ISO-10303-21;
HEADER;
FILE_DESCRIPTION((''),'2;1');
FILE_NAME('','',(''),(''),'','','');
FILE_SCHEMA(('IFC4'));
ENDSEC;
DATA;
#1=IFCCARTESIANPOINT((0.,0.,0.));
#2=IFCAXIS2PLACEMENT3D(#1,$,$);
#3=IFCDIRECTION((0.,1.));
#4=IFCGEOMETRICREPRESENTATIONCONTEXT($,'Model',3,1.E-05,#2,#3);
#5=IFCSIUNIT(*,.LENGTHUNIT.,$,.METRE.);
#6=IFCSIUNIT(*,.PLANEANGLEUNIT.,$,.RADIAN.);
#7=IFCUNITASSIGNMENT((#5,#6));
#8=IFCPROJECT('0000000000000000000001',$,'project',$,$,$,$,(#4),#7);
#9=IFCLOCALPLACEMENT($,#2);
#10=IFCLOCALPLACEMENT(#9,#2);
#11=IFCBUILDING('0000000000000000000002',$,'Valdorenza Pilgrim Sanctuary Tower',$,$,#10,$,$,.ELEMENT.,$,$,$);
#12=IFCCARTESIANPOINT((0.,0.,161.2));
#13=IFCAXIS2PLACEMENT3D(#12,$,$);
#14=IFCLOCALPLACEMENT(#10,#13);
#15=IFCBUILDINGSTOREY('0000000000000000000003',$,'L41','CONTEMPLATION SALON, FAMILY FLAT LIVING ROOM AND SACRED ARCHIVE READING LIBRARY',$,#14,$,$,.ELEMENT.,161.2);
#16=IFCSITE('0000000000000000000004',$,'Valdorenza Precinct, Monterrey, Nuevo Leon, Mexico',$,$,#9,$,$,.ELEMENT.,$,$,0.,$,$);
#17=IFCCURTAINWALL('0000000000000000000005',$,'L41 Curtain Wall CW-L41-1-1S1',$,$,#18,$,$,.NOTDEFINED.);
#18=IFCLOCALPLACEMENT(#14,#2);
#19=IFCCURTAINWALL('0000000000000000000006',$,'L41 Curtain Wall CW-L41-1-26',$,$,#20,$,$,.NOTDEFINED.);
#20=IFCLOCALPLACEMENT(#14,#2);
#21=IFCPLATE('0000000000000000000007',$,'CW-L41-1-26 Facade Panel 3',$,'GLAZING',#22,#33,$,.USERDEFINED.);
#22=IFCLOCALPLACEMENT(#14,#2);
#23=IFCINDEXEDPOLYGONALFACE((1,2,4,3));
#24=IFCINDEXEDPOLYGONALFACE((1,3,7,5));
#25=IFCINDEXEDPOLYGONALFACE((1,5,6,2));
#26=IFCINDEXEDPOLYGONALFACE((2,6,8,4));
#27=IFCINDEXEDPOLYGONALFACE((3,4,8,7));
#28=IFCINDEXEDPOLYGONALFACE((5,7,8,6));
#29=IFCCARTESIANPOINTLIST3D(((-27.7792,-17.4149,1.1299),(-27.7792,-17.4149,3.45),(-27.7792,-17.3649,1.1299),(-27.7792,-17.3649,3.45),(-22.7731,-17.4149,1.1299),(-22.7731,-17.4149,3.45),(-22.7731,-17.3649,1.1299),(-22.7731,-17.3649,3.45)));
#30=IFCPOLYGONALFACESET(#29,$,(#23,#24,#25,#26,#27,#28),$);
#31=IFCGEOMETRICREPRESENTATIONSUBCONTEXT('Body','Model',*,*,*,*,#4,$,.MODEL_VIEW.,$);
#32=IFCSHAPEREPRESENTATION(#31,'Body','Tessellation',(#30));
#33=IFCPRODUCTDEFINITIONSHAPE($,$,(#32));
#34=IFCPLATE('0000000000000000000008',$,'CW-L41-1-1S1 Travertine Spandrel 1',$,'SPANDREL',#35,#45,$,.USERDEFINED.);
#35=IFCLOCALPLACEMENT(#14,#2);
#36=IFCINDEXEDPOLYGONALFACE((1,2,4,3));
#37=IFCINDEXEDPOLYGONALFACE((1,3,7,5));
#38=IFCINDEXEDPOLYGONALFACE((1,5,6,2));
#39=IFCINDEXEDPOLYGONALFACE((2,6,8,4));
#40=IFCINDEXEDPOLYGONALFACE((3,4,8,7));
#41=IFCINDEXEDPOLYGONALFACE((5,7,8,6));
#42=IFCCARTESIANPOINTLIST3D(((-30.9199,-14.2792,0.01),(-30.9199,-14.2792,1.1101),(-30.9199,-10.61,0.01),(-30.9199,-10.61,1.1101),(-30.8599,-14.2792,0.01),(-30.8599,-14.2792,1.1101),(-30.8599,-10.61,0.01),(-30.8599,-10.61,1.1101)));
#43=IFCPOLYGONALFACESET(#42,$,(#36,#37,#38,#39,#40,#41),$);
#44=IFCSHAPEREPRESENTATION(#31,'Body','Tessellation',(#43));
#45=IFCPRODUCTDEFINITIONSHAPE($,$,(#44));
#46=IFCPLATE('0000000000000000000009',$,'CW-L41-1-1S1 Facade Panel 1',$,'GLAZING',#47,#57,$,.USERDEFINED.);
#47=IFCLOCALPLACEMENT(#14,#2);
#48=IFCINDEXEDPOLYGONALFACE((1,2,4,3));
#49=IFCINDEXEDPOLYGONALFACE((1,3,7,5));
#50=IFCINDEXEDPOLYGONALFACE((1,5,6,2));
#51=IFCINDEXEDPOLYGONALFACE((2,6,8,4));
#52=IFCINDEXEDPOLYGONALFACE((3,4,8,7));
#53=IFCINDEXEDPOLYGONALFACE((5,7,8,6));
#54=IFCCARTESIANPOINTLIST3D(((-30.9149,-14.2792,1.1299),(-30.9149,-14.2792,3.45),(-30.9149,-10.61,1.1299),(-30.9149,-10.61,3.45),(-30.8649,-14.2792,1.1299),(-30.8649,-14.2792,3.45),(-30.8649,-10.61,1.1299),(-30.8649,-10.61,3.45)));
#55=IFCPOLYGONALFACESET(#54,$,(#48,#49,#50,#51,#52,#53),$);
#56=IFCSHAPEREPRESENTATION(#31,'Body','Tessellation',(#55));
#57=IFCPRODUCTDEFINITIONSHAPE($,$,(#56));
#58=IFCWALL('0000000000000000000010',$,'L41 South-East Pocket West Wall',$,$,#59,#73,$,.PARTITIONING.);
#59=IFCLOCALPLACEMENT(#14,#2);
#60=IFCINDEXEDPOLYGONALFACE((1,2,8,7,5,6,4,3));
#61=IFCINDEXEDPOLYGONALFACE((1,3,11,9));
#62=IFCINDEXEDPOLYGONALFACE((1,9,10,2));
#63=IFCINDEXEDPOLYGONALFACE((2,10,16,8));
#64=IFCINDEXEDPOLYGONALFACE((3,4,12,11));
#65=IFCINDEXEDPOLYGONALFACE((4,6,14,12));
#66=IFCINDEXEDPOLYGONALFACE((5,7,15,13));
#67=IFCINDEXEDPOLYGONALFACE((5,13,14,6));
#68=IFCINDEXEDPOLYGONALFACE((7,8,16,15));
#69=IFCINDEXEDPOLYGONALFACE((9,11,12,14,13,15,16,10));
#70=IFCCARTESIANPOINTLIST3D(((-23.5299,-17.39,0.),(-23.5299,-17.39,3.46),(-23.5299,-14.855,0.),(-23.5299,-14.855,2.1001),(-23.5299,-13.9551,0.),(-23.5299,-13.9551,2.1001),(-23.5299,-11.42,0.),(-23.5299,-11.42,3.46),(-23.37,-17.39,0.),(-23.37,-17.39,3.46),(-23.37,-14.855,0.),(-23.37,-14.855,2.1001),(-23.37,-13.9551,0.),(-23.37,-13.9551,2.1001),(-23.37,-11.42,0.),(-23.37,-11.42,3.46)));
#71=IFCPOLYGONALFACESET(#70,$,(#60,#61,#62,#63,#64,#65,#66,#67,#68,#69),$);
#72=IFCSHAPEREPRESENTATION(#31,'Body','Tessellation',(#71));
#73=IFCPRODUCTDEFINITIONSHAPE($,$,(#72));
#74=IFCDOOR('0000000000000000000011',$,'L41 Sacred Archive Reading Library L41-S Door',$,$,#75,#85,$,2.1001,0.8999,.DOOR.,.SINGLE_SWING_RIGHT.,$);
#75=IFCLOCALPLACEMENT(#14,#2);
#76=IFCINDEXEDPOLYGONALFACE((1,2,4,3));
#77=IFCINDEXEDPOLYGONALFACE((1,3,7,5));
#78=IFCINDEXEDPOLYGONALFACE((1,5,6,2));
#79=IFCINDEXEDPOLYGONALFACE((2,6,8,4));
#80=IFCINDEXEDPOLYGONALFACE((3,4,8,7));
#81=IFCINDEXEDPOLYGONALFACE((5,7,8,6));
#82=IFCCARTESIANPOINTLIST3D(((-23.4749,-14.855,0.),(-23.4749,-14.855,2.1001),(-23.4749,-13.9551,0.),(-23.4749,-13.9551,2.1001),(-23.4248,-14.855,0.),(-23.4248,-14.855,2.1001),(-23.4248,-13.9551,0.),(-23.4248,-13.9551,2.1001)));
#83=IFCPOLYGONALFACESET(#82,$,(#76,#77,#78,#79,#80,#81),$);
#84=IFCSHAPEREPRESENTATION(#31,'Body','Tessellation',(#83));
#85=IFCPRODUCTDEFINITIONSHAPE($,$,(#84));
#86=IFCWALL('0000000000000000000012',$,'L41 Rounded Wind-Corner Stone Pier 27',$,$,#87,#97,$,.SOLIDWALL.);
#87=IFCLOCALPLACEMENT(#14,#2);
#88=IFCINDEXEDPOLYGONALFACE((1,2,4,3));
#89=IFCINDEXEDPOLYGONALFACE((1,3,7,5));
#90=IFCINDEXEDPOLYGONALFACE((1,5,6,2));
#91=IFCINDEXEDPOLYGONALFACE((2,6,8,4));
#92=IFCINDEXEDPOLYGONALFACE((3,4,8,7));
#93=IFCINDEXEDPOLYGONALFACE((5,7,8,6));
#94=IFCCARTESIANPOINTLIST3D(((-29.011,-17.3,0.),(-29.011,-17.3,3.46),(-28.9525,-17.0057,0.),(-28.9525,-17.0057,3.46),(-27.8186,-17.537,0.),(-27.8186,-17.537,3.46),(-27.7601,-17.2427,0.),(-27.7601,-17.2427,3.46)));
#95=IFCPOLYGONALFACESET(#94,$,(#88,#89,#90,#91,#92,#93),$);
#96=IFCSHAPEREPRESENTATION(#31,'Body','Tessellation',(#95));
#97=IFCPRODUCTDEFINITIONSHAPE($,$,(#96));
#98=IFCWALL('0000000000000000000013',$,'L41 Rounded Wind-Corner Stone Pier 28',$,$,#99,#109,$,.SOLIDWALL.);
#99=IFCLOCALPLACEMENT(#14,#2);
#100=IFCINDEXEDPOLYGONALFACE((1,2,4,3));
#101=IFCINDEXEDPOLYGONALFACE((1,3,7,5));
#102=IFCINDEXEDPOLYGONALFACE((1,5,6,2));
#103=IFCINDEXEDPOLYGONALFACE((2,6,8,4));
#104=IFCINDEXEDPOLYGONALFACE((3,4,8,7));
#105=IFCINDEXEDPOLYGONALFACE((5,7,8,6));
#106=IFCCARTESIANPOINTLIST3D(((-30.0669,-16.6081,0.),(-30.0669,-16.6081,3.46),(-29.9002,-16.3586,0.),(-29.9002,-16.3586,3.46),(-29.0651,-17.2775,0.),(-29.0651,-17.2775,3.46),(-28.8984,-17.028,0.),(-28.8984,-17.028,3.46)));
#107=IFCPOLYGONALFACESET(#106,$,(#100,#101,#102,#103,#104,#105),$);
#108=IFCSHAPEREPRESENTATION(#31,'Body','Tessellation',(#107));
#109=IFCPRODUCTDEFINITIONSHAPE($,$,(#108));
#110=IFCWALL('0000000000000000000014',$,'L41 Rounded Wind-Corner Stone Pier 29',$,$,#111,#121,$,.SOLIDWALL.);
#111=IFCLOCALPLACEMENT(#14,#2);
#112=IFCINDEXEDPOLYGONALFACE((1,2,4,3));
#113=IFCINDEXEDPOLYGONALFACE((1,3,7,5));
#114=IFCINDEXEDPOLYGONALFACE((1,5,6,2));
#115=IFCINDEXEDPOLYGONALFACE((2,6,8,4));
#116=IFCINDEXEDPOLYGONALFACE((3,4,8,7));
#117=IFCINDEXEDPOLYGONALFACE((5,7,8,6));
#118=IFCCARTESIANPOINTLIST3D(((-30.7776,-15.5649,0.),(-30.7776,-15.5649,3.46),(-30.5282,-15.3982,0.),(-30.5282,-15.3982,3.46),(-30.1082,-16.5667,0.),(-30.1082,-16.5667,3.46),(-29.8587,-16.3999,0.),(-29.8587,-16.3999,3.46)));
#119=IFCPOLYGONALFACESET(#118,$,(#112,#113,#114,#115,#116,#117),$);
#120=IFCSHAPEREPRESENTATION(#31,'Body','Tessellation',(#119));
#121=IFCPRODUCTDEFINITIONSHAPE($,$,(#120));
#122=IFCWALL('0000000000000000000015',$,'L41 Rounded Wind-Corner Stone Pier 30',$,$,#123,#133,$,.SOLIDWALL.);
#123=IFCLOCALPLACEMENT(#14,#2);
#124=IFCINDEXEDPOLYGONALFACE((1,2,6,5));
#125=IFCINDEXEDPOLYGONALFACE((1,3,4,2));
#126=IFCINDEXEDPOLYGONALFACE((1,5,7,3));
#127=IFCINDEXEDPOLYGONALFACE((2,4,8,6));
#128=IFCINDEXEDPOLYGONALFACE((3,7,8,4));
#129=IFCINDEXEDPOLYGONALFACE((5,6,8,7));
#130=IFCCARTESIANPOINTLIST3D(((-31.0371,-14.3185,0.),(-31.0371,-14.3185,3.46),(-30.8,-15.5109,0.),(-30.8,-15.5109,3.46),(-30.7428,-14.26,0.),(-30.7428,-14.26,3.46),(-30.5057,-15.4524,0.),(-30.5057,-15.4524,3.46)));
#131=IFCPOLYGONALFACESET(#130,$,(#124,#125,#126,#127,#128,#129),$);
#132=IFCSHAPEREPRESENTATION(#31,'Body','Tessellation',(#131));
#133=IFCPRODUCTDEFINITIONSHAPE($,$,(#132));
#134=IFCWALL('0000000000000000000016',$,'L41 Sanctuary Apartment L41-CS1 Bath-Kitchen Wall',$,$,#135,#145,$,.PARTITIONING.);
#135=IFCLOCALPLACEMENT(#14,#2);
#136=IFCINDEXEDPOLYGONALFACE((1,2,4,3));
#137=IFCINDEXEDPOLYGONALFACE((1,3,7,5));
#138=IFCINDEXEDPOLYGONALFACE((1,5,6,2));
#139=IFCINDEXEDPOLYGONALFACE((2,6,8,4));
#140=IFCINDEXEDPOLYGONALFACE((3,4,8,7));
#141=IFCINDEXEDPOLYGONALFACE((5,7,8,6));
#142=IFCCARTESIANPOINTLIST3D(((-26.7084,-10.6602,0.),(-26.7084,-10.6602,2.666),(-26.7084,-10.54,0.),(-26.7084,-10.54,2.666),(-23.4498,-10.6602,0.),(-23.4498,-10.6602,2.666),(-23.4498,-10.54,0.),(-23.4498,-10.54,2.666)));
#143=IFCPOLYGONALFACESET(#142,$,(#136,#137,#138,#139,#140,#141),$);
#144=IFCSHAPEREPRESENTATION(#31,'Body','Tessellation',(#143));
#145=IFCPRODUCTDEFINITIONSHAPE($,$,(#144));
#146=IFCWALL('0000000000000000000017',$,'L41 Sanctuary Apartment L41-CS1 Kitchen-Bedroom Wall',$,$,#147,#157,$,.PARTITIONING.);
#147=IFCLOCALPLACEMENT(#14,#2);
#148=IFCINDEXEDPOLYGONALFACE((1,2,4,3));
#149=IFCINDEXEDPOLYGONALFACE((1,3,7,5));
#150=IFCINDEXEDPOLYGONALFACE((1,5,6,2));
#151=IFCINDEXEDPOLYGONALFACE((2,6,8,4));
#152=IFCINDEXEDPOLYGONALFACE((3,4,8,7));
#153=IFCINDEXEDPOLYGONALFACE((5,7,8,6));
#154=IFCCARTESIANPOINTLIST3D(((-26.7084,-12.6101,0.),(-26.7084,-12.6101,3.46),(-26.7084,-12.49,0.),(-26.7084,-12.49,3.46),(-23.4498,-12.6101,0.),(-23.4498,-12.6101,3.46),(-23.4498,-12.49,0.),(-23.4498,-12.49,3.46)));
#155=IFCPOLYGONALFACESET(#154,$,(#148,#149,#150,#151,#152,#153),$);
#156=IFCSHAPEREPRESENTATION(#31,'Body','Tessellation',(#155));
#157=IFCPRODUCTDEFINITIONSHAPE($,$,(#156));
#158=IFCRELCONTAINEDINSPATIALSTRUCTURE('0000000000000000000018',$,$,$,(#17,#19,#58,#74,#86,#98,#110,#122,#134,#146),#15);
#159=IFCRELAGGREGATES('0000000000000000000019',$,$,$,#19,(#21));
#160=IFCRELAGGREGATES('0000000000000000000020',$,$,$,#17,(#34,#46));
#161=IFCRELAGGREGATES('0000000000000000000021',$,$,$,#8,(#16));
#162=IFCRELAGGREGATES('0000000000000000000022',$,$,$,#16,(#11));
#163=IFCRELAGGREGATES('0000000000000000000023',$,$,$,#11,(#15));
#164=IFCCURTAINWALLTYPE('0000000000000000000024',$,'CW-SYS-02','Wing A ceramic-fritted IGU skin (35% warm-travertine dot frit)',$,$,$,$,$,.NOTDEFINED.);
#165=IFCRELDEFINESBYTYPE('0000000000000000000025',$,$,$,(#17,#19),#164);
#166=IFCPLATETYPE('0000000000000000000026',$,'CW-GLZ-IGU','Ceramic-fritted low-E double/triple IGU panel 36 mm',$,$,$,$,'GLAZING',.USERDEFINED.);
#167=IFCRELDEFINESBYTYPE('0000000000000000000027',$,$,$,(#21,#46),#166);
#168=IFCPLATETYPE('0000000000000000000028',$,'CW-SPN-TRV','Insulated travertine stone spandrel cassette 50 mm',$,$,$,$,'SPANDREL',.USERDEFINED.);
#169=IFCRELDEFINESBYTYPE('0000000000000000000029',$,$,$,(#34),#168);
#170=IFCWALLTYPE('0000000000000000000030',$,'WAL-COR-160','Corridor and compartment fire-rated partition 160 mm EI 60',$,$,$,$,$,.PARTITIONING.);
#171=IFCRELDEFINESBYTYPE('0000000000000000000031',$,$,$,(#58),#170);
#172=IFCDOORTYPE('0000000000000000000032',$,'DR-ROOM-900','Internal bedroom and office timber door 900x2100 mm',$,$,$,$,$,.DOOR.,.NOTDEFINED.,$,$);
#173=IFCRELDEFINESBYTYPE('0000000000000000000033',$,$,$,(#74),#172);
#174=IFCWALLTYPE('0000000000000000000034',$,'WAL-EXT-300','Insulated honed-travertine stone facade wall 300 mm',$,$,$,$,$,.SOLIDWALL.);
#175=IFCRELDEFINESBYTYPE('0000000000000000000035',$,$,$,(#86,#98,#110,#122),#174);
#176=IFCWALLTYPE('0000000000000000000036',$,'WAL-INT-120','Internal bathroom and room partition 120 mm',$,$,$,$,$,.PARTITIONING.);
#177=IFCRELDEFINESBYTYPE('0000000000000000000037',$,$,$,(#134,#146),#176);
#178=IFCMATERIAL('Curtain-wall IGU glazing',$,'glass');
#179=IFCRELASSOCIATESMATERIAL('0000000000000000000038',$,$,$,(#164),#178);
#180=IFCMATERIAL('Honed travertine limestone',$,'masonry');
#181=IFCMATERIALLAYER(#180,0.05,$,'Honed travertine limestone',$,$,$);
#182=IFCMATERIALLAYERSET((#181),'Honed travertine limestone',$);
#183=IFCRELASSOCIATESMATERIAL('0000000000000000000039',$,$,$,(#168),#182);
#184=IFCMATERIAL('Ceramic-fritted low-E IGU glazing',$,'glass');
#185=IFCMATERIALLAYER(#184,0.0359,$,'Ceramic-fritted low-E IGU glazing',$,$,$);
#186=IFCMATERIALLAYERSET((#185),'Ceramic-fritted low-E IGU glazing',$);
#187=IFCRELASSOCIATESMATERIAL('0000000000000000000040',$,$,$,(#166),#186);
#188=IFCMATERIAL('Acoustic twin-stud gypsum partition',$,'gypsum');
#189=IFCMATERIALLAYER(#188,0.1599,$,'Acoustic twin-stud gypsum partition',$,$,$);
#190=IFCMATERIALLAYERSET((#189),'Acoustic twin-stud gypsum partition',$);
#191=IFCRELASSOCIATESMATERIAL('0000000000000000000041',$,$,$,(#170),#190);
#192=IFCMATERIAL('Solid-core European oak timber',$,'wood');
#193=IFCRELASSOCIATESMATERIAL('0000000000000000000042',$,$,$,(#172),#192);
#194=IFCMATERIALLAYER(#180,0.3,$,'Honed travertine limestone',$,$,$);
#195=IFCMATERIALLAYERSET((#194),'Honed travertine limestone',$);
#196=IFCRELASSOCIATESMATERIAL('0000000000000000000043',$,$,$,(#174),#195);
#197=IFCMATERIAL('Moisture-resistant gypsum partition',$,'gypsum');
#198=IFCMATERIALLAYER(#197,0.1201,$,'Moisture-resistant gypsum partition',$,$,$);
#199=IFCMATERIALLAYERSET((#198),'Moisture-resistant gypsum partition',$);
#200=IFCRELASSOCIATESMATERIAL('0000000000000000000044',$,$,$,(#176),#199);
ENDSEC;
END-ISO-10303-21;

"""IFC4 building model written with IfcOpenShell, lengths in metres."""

from ifc_helpers import new_model, si_unit, direction, frame, frame_2d, origin, origin_2d, place, context, subcontext, project, spatial, rectangle, extrude, source, transform, mapped, material, layer, layer_set, type_object, element, fill, aggregate, save


model = new_model("IFC4")

# Units and contexts
model_context = context("Model", 3, precision=1e-05, world=origin(), true_north=direction((0.0, 1.0)))
body_context = subcontext(model_context, "Body", "Model", "MODEL_VIEW")
ifc_project = project(units=[si_unit("LENGTHUNIT", "METRE"), si_unit("PLANEANGLEUNIT", "RADIAN")], contexts=[model_context])

# Site, building, storey
site_placement = place(None, origin())
site = spatial("IfcSite", under=ifc_project, at=site_placement, Name="Valdorenza Precinct, Monterrey, Nuevo Leon, Mexico", CompositionType="ELEMENT", RefElevation=0.0)
building_placement = place(site_placement, origin())
building = spatial("IfcBuilding", under=site, at=building_placement, Name="Valdorenza Pilgrim Sanctuary Tower", CompositionType="ELEMENT")
storey_placement = place(building_placement, frame((0.0, 0.0, 161.2)))
storey = spatial("IfcBuildingStorey", under=building, at=storey_placement, Name="L41", Description="CONTEMPLATION SALON, FAMILY FLAT LIVING ROOM AND SACRED ARCHIVE READING LIBRARY", CompositionType="ELEMENT", Elevation=161.2)

# Curtain wall
ifc_material_1 = material(Name="Curtain-wall IGU glazing", Category="glass")
curtain_wall_type = type_object("IfcCurtainWallType", Name="CW-SYS-02", Description="Wing A ceramic-fritted IGU skin (35% warm-travertine dot frit)", PredefinedType="NOTDEFINED", material=ifc_material_1)
curtain_wall_1_placement = place(storey_placement, origin())
curtain_wall_1 = element("IfcCurtainWall", 1, at=curtain_wall_1_placement, inside=storey, type_object=curtain_wall_type, Name="L41 Curtain Wall CW-L41-1-1S1", PredefinedType="NOTDEFINED")

# Curtain wall
curtain_wall_2_placement = place(storey_placement, origin())
curtain_wall_2 = element("IfcCurtainWall", 2, at=curtain_wall_2_placement, inside=storey, type_object=curtain_wall_type, Name="L41 Curtain Wall CW-L41-1-26", PredefinedType="NOTDEFINED")

# Plates
ifc_material_2 = material(Name="Honed travertine limestone", Category="masonry")
ifc_layer_1 = layer(ifc_material_2, 0.05, Name="Honed travertine limestone")
ifc_layer_set_1 = layer_set([ifc_layer_1], Name="Honed travertine limestone")
plate_type_1 = type_object("IfcPlateType", Name="CW-SPN-TRV", Description="Insulated travertine stone spandrel cassette 50 mm", ElementType="SPANDREL", PredefinedType="USERDEFINED", material=ifc_layer_set_1)
ifc_material_3 = material(Name="Ceramic-fritted low-E IGU glazing", Category="glass")
ifc_layer_2 = layer(ifc_material_3, 0.0359, Name="Ceramic-fritted low-E IGU glazing")
ifc_layer_set_2 = layer_set([ifc_layer_2], Name="Ceramic-fritted low-E IGU glazing")
plate_type_2 = type_object("IfcPlateType", Name="CW-GLZ-IGU", Description="Ceramic-fritted low-E double/triple IGU panel 36 mm", ElementType="GLAZING", PredefinedType="USERDEFINED", material=ifc_layer_set_2)
shared_shape_1 = source(origin(), body_context, "Body", "SweptSolid", [
    extrude(rectangle(XDim=5.0061, YDim=0.05, at=origin_2d()), origin(), (0.0, 0.0, 1.0), 2.3201),
])
plate_1_placement = place(storey_placement, frame((-25.2761, -17.3899, 1.1299), z_axis=(0.0, 0.0, 1.0), x_axis=(-1.0, 0.0, 0.0)))
plate_1 = element("IfcPlate", 3, at=plate_1_placement, type_object=plate_type_2, Name="CW-L41-1-26 Facade Panel 3", ObjectType="GLAZING", PredefinedType="USERDEFINED", context=body_context, shape_type="MappedRepresentation", body=[
    mapped(shared_shape_1, transform((0.0, 0.0, 0.0), x_axis=(1.0, 0.0, 0.0), y_axis=(0.0, 1.0, 0.0), z_axis=(0.0, 0.0, 1.0), scale=1.0)),
])
aggregate(curtain_wall_2, [plate_1])
shared_shape_2 = source(origin(), body_context, "Body", "SweptSolid", [
    extrude(rectangle(XDim=3.6692, YDim=0.0601, at=origin_2d()), origin(), (0.0, 0.0, 1.0), 1.1001),
])
plate_2_placement = place(storey_placement, frame((-30.8899, -12.4446, 0.01), z_axis=(0.0, 0.0, 1.0), x_axis=(0.0, 1.0, 0.0)))
plate_2 = element("IfcPlate", 4, at=plate_2_placement, type_object=plate_type_1, Name="CW-L41-1-1S1 Travertine Spandrel 1", ObjectType="SPANDREL", PredefinedType="USERDEFINED", context=body_context, shape_type="MappedRepresentation", body=[
    mapped(shared_shape_2, transform((0.0, 0.0, 0.0), x_axis=(1.0, 0.0, 0.0), y_axis=(0.0, 1.0, 0.0), z_axis=(0.0, 0.0, 1.0), scale=1.0)),
])
shared_shape_3 = source(origin(), body_context, "Body", "SweptSolid", [
    extrude(rectangle(XDim=3.6692, YDim=0.05, at=origin_2d()), origin(), (0.0, 0.0, 1.0), 2.3201),
])
plate_3_placement = place(storey_placement, frame((-30.8899, -12.4446, 1.1299), z_axis=(0.0, 0.0, 1.0), x_axis=(0.0, 1.0, 0.0)))
plate_3 = element("IfcPlate", 5, at=plate_3_placement, type_object=plate_type_2, Name="CW-L41-1-1S1 Facade Panel 1", ObjectType="GLAZING", PredefinedType="USERDEFINED", context=body_context, shape_type="MappedRepresentation", body=[
    mapped(shared_shape_3, transform((0.0, 0.0, 0.0), x_axis=(1.0, 0.0, 0.0), y_axis=(0.0, 1.0, 0.0), z_axis=(0.0, 0.0, 1.0), scale=1.0)),
])
aggregate(curtain_wall_1, [plate_2, plate_3])

# Wall, opening, door
ifc_material_4 = material(Name="Acoustic twin-stud gypsum partition", Category="gypsum")
ifc_layer_3 = layer(ifc_material_4, 0.1599, Name="Acoustic twin-stud gypsum partition")
ifc_layer_set_3 = layer_set([ifc_layer_3], Name="Acoustic twin-stud gypsum partition")
wall_type_1 = type_object("IfcWallType", Name="WAL-COR-160", Description="Corridor and compartment fire-rated partition 160 mm EI 60", PredefinedType="PARTITIONING", material=ifc_layer_set_3)
wall_1_placement = place(storey_placement, frame((-23.45, -17.3899, 0.0), z_axis=(0.0, 0.0, 1.0), x_axis=(0.0, 1.0, 0.0)))
wall_1 = element("IfcWall", 6, at=wall_1_placement, inside=storey, type_object=wall_type_1, Name="L41 South-East Pocket West Wall", PredefinedType="PARTITIONING", context=body_context, shape_type="SweptSolid", body=[
    extrude(rectangle(XDim=5.97, YDim=0.1599, at=frame_2d((2.9849, 0.0))), origin(), (0.0, 0.0, 1.0), 3.46),
])
opening_1_placement = place(wall_1_placement, frame((2.5349, 0.0, 0.0)))
opening_1 = element("IfcOpeningElement", 7, at=opening_1_placement, cuts=wall_1, PredefinedType="OPENING", context=body_context, shape_type="SweptSolid", body=[
    extrude(rectangle(XDim=0.8999, YDim=2.1001, at=frame_2d((0.45, 1.05))), frame((0.0, 0.0947, 0.0), z_axis=(0.0, -1.0, 0.0), x_axis=(1.0, 0.0, 0.0)), (0.0, 0.0, 1.0), 0.1897),
])
ifc_material_5 = material(Name="Solid-core European oak timber", Category="wood")
door_type_1 = type_object("IfcDoorType", Name="DR-ROOM-900", Description="Internal bedroom and office timber door 900x2100 mm", OperationType="NOTDEFINED", PredefinedType="DOOR", material=ifc_material_5)
door_1_placement = place(opening_1_placement, origin())
door_1 = element("IfcDoor", 8, at=door_1_placement, inside=storey, type_object=door_type_1, Name="L41 Sacred Archive Reading Library L41-S Door", OperationType="SINGLE_SWING_RIGHT", OverallHeight=2.1001, OverallWidth=0.8999, PredefinedType="DOOR", context=body_context, shape_type="SweptSolid", body=[
    extrude(rectangle(XDim=0.8999, YDim=2.1001, at=frame_2d((0.45, 1.05))), frame((0.0, 0.0249, 0.0), z_axis=(0.0, -1.0, 0.0), x_axis=(1.0, 0.0, 0.0)), (0.0, 0.0, 1.0), 0.05),
])
fill(opening_1, door_1)

# Walls
ifc_layer_4 = layer(ifc_material_2, 0.3, Name="Honed travertine limestone")
ifc_layer_set_4 = layer_set([ifc_layer_4], Name="Honed travertine limestone")
wall_type_2 = type_object("IfcWallType", Name="WAL-EXT-300", Description="Insulated honed-travertine stone facade wall 300 mm", PredefinedType="SOLIDWALL", material=ifc_layer_set_4)
wall_2_placement = place(storey_placement, frame((-27.7893, -17.3899, 0.0), z_axis=(0.0, 0.0, 1.0), x_axis=(-0.980804, 0.194996, 0.0)))
element("IfcWall", 9, at=wall_2_placement, inside=storey, type_object=wall_type_2, Name="L41 Rounded Wind-Corner Stone Pier 27", PredefinedType="SOLIDWALL", context=body_context, shape_type="SweptSolid", body=[
    extrude(rectangle(XDim=1.2158, YDim=0.3, at=frame_2d((0.6079, 0.0))), origin(), (0.0, 0.0, 1.0), 3.46),
])
for number, where, z_axis, x_axis, name in (
    (10, (-28.9817, -17.1528, 0.0), (0.0, 0.0, 1.0), (-0.831426, 0.555635, 0.0), "L41 Rounded Wind-Corner Stone Pier 28"),
    (11, (-29.9834, -16.4834, 0.0), (0.0, 0.0, 1.0), (-0.555635, 0.831426, 0.0), "L41 Rounded Wind-Corner Stone Pier 29"),
):
    element("IfcWall", number, at=place(storey_placement, frame(where, z_axis=z_axis, x_axis=x_axis)), inside=storey, type_object=wall_type_2, Name=name, PredefinedType="SOLIDWALL", context=body_context, shape_type="SweptSolid", body=[
        extrude(rectangle(XDim=1.2048, YDim=0.3, at=frame_2d((0.6025, 0.0))), origin(), (0.0, 0.0, 1.0), 3.46),
    ])
wall_3_placement = place(storey_placement, frame((-30.6528, -15.4817, 0.0), z_axis=(0.0, 0.0, 1.0), x_axis=(-0.194996, 0.980804, 0.0)))
element("IfcWall", 12, at=wall_3_placement, inside=storey, type_object=wall_type_2, Name="L41 Rounded Wind-Corner Stone Pier 30", PredefinedType="SOLIDWALL", context=body_context, shape_type="SweptSolid", body=[
    extrude(rectangle(XDim=1.2158, YDim=0.3, at=frame_2d((0.6079, 0.0))), origin(), (0.0, 0.0, 1.0), 3.46),
])
ifc_material_6 = material(Name="Moisture-resistant gypsum partition", Category="gypsum")
ifc_layer_5 = layer(ifc_material_6, 0.1201, Name="Moisture-resistant gypsum partition")
ifc_layer_set_5 = layer_set([ifc_layer_5], Name="Moisture-resistant gypsum partition")
wall_type_3 = type_object("IfcWallType", Name="WAL-INT-120", Description="Internal bathroom and room partition 120 mm", PredefinedType="PARTITIONING", material=ifc_layer_set_5)
wall_4_placement = place(storey_placement, frame((-26.7085, -10.6001, 0.0), z_axis=(0.0, 0.0, 1.0), x_axis=(1.0, 0.0, 0.0)))
element("IfcWall", 13, at=wall_4_placement, inside=storey, type_object=wall_type_3, Name="L41 Sanctuary Apartment L41-CS1 Bath-Kitchen Wall", PredefinedType="PARTITIONING", context=body_context, shape_type="SweptSolid", body=[
    extrude(rectangle(XDim=3.2585, YDim=0.1201, at=frame_2d((1.6294, 0.0))), origin(), (0.0, 0.0, 1.0), 2.666),
])
wall_5_placement = place(storey_placement, frame((-26.7085, -12.55, 0.0), z_axis=(0.0, 0.0, 1.0), x_axis=(1.0, 0.0, 0.0)))
element("IfcWall", 14, at=wall_5_placement, inside=storey, type_object=wall_type_3, Name="L41 Sanctuary Apartment L41-CS1 Kitchen-Bedroom Wall", PredefinedType="PARTITIONING", context=body_context, shape_type="SweptSolid", body=[
    extrude(rectangle(XDim=3.2585, YDim=0.1201, at=frame_2d((1.6294, 0.0))), origin(), (0.0, 0.0, 1.0), 3.46),
])

save(model, "model.ifc")
